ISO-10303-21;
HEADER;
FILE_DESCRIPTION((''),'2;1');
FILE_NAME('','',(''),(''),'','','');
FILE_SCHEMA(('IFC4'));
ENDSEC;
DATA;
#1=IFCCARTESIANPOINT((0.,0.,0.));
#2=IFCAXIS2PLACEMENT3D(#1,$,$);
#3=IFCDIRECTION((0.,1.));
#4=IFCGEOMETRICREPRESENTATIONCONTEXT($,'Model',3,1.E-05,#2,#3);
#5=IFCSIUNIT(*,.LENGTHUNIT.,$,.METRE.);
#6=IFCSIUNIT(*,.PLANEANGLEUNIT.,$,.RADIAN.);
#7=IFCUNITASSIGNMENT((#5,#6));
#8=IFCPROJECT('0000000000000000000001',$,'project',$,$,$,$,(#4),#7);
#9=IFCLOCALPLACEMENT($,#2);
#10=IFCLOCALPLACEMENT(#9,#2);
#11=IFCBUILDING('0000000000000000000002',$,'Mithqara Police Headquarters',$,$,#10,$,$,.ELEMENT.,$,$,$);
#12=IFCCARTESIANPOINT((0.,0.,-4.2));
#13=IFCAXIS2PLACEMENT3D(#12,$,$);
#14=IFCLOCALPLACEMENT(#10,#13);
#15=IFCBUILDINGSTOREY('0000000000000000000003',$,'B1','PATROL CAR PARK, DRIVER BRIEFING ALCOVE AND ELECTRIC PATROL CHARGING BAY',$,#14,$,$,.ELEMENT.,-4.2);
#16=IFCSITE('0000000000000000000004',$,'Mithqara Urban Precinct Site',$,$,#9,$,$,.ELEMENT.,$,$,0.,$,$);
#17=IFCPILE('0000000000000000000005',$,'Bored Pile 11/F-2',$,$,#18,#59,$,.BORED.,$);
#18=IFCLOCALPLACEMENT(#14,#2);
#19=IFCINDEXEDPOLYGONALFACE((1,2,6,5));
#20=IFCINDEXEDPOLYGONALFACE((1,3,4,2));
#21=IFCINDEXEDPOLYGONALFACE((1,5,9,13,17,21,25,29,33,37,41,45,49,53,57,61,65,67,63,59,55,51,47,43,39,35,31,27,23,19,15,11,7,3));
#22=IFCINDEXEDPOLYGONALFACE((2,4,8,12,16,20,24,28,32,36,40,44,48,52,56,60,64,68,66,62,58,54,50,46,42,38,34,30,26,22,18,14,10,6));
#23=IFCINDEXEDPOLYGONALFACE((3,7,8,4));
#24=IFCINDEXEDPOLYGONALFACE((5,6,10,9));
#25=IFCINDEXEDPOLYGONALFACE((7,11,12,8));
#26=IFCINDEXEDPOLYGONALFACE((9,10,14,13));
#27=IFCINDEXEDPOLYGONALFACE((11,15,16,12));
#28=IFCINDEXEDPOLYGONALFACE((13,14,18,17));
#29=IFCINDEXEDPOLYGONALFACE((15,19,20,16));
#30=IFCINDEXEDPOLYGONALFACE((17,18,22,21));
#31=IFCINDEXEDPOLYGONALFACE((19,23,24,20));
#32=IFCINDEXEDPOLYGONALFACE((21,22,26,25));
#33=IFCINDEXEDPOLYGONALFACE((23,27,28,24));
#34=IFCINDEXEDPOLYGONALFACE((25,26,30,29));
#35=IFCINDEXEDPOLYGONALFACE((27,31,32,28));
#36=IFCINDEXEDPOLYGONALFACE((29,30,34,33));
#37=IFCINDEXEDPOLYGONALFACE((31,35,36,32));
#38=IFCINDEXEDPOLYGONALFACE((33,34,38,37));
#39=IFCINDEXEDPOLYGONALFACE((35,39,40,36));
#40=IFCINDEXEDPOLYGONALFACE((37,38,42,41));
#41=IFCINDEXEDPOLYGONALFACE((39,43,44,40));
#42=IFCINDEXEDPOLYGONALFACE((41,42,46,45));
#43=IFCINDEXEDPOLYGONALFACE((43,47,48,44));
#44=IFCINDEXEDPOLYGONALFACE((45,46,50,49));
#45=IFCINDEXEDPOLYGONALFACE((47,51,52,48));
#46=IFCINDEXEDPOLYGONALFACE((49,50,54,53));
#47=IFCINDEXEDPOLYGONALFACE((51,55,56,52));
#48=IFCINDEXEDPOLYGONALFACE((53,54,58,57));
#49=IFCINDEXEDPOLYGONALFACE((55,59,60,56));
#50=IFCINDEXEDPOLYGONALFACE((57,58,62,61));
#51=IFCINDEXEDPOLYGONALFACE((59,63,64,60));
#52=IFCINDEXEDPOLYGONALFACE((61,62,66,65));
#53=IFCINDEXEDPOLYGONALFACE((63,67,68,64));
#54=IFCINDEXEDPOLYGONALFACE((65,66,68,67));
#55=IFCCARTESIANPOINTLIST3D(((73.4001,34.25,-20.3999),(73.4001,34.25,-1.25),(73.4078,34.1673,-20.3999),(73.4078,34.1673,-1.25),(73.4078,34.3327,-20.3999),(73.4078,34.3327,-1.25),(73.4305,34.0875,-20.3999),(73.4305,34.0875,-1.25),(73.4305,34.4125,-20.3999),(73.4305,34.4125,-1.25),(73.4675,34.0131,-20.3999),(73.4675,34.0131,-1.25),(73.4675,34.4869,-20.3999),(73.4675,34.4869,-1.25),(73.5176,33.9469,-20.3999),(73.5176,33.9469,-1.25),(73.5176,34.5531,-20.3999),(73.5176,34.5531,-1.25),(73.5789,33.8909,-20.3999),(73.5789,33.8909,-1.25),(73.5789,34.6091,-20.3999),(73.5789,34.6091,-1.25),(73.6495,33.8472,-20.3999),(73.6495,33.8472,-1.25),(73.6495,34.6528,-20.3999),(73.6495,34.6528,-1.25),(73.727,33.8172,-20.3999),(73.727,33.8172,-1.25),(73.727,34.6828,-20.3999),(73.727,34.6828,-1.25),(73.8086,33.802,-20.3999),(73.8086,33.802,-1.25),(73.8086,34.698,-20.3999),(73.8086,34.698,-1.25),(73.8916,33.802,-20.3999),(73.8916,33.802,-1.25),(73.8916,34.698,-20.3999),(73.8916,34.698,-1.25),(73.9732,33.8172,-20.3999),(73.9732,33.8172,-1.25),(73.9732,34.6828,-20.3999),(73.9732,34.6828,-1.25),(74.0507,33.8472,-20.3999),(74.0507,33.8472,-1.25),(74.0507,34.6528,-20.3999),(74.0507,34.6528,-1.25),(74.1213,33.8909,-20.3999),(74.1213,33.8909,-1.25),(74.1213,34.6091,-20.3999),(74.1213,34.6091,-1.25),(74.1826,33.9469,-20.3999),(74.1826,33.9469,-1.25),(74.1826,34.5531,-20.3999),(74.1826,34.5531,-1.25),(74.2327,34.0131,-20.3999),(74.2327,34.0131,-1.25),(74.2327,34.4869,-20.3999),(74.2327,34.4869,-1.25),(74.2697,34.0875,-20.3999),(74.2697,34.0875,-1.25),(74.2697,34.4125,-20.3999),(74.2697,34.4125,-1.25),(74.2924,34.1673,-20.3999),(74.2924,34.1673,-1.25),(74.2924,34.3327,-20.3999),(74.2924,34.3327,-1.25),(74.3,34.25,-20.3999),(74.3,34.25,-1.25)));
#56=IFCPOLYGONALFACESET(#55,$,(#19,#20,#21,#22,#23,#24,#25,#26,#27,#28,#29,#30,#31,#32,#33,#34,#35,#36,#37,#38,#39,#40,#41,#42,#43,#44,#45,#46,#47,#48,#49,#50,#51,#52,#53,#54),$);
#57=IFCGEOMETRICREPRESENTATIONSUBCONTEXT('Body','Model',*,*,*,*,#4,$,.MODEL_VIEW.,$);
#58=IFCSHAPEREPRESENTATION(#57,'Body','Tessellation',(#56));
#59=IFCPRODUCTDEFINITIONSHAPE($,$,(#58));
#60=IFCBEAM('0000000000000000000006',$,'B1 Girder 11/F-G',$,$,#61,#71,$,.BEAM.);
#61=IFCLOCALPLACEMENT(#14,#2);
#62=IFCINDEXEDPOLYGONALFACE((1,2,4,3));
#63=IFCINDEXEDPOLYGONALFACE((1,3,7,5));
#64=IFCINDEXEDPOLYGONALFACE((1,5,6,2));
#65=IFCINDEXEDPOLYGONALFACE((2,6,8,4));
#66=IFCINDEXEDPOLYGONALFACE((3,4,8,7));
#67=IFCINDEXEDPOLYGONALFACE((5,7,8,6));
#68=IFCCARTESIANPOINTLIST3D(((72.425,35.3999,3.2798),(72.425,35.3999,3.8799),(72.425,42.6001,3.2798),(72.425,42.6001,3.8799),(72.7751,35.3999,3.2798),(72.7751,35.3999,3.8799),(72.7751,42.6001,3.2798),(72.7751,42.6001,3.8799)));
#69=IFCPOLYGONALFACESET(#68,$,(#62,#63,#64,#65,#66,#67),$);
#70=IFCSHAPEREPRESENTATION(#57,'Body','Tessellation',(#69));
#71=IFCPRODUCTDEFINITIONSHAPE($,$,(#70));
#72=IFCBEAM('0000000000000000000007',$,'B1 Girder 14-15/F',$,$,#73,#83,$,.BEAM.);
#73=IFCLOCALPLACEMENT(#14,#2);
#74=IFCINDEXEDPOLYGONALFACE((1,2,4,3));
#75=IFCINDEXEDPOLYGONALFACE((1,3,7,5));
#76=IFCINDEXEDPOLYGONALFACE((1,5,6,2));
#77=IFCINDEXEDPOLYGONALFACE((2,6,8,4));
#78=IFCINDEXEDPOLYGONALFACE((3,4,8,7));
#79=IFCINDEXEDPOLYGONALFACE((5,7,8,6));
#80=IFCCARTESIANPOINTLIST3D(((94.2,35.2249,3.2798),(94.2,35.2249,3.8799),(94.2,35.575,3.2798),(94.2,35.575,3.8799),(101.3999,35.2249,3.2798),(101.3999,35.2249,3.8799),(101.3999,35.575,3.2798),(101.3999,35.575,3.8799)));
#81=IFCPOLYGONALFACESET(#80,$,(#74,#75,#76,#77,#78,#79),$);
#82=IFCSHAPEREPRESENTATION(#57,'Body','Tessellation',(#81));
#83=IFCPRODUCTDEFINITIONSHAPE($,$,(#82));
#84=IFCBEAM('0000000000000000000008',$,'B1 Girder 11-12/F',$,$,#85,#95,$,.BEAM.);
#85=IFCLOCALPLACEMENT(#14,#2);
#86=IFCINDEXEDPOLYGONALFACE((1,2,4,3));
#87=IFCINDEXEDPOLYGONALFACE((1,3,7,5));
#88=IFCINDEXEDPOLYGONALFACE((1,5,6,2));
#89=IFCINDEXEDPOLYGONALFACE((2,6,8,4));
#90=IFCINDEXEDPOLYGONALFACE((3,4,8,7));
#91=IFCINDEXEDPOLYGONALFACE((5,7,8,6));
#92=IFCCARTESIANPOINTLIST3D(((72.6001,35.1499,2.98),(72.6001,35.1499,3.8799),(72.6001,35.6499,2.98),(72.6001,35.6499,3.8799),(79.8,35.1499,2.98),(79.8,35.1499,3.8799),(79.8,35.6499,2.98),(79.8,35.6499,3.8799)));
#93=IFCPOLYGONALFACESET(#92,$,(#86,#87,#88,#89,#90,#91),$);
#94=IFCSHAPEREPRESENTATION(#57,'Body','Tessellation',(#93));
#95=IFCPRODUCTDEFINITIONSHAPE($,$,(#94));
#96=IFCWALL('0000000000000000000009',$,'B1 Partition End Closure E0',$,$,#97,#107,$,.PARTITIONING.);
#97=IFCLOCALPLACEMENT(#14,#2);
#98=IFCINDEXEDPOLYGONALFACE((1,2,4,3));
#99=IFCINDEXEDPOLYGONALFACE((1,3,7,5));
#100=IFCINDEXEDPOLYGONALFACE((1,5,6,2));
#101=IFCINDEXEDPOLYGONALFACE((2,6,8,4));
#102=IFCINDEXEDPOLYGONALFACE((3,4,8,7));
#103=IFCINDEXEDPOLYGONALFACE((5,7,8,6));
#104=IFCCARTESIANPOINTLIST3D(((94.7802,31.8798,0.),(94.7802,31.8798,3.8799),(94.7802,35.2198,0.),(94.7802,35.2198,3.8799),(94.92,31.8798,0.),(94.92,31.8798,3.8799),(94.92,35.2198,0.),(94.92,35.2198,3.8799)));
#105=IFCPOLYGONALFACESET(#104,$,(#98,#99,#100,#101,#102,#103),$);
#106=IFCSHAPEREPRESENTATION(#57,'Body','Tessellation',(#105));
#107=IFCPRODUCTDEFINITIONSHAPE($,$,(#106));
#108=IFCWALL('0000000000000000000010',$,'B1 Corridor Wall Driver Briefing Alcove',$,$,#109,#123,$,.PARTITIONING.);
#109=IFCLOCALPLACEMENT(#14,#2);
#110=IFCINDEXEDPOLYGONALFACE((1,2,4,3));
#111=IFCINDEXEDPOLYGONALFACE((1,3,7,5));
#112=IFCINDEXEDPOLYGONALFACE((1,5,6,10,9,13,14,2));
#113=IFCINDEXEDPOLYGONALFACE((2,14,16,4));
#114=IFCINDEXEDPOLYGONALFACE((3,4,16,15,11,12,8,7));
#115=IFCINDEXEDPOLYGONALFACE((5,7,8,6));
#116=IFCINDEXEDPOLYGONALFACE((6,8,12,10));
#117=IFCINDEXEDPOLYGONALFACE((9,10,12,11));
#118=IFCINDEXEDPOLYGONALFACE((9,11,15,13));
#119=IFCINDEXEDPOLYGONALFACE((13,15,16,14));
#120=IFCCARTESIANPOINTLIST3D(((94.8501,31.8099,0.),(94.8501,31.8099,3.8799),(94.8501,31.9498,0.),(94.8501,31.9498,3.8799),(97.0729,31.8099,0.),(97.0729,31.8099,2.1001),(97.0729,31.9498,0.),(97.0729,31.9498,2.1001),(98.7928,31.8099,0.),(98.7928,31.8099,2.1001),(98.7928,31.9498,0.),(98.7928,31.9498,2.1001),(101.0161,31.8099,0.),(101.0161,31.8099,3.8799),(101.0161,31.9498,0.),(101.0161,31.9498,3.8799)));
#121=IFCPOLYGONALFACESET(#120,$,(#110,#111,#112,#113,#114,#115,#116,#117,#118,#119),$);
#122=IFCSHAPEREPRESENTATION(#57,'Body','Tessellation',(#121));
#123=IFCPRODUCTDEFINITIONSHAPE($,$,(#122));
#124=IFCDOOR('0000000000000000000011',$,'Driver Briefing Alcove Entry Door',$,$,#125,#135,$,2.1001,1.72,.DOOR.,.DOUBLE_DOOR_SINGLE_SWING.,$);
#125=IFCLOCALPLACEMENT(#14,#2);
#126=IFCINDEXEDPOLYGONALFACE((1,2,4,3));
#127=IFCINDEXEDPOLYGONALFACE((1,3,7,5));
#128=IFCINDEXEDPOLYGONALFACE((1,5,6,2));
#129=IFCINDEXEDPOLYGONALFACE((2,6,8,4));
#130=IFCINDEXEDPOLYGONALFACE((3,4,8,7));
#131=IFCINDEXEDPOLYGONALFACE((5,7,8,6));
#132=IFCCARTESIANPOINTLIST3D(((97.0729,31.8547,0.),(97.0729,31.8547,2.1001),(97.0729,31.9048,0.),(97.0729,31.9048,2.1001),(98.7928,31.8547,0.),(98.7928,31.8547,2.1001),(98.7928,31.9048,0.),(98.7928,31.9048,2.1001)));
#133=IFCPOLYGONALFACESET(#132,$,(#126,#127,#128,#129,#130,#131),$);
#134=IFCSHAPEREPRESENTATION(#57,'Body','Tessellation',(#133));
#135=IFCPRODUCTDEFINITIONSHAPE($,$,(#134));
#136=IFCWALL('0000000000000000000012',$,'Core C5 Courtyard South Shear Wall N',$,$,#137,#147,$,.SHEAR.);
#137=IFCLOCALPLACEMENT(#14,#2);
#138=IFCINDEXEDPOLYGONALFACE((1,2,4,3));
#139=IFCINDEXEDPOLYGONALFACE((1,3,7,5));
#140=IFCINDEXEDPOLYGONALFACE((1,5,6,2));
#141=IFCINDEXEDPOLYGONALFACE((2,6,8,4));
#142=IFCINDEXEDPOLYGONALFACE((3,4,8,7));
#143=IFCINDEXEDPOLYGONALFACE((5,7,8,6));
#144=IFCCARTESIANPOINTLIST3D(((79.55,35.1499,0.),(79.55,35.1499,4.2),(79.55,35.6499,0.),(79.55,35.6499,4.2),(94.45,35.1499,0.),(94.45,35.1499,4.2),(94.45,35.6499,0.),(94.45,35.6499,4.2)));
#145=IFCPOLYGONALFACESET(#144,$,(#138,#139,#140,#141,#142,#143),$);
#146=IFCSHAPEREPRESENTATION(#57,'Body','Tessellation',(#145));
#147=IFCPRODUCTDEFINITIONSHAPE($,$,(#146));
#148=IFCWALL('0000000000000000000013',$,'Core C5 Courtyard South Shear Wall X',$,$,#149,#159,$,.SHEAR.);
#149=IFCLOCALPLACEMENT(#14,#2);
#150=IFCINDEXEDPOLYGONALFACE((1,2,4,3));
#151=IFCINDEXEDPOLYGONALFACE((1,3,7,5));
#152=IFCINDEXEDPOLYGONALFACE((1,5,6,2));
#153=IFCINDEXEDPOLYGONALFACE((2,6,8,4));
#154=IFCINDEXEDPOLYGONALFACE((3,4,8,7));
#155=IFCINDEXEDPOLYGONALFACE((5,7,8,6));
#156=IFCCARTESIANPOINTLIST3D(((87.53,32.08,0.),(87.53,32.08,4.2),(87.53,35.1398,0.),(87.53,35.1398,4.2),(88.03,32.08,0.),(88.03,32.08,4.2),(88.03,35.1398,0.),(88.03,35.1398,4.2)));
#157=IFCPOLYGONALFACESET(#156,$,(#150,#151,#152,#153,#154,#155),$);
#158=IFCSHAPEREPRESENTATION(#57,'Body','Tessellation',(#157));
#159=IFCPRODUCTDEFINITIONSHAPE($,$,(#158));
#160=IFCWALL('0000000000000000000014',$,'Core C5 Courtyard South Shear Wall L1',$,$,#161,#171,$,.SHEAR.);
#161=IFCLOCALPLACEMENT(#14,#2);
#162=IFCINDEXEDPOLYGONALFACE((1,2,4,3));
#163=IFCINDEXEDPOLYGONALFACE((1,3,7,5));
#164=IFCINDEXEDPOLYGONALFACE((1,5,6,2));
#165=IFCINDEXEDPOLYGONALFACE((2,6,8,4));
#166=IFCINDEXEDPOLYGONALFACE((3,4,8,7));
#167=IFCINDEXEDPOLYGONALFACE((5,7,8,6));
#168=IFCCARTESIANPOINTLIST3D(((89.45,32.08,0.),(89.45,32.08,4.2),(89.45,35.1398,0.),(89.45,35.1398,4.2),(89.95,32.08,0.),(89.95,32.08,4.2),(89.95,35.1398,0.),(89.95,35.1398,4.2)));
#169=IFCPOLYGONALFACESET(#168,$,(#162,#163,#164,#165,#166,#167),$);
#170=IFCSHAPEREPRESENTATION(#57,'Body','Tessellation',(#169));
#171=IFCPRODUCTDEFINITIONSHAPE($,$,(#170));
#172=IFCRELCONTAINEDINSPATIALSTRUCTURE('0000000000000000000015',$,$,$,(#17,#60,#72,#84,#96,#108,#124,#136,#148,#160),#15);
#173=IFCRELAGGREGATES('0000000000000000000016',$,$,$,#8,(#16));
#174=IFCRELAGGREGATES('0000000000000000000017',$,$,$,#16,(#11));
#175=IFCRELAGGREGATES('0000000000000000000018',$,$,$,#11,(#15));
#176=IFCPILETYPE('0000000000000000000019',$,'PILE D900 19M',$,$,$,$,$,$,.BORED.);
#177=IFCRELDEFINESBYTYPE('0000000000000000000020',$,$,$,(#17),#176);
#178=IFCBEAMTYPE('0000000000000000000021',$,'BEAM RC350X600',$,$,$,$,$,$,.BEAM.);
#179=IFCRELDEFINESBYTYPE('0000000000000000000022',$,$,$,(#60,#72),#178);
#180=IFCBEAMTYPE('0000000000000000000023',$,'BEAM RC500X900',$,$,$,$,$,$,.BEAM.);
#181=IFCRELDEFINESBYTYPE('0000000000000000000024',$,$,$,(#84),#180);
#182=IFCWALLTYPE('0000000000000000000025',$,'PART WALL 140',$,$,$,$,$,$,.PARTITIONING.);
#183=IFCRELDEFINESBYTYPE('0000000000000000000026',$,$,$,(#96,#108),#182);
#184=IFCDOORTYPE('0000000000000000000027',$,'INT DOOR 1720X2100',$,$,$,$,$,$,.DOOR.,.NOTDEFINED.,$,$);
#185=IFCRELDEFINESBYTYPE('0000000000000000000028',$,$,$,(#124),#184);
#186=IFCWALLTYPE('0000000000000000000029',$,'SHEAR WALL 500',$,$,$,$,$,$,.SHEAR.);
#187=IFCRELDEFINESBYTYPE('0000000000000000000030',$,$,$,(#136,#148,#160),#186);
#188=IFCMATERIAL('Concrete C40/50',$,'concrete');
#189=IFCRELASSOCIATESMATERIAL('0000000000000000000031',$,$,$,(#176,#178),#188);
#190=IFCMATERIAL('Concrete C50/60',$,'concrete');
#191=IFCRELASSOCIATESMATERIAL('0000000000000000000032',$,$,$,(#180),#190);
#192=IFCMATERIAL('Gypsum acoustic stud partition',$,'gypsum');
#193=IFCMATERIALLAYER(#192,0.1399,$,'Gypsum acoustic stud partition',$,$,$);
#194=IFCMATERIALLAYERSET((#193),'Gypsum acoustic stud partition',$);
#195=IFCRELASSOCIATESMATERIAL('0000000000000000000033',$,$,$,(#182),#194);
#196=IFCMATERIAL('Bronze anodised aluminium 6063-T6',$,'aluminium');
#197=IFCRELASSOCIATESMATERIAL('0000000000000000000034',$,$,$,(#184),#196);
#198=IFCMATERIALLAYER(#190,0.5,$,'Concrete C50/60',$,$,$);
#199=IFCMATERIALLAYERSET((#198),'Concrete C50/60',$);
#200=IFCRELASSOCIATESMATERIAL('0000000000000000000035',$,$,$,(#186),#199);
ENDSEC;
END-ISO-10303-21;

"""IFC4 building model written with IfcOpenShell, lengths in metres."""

from ifc_helpers import new_model, si_unit, direction, frame, frame_2d, origin, origin_2d, place, context, subcontext, project, spatial, rectangle, circle, extrude, material, layer, layer_set, material_profile, profile_set, type_object, element, fill, save


model = new_model("IFC4")

# Units and contexts
model_context = context("Model", 3, precision=1e-05, world=origin(), true_north=direction((0.0, 1.0)))
body_context = subcontext(model_context, "Body", "Model", "MODEL_VIEW")
ifc_project = project(units=[si_unit("LENGTHUNIT", "METRE"), si_unit("PLANEANGLEUNIT", "RADIAN")], contexts=[model_context])

# Site, building, storey
site_placement = place(None, origin())
site = spatial("IfcSite", under=ifc_project, at=site_placement, Name="Mithqara Urban Precinct Site", CompositionType="ELEMENT", RefElevation=0.0)
building_placement = place(site_placement, origin())
building = spatial("IfcBuilding", under=site, at=building_placement, Name="Mithqara Police Headquarters", CompositionType="ELEMENT")
storey_placement = place(building_placement, frame((0.0, 0.0, -4.2)))
storey = spatial("IfcBuildingStorey", under=building, at=storey_placement, Name="B1", Description="PATROL CAR PARK, DRIVER BRIEFING ALCOVE AND ELECTRIC PATROL CHARGING BAY", CompositionType="ELEMENT", Elevation=-4.2)

# Pile
ifc_material_1 = material(Name="Concrete C40/50", Category="concrete")
ifc_material_profile_1 = material_profile(ifc_material_1, circle(Radius=0.45, at=origin_2d()), Name="PILE D900")
ifc_profile_set_1 = profile_set([ifc_material_profile_1], Name="Concrete C40/50")
pile_type = type_object("IfcPileType", Name="PILE D900 19M", PredefinedType="BORED", material=ifc_profile_set_1)
for number, where, z_axis, x_axis, name in (
    (1, (73.8501, 34.25, -1.25), (0.0, 0.0, -1.0), (1.0, 0.0, 0.0), "Bored Pile 11/F-2"),
):
    element("IfcPile", number, at=place(storey_placement, frame(where, z_axis=z_axis, x_axis=x_axis)), inside=storey, type_object=pile_type, Name=name, PredefinedType="BORED", context=body_context, shape_type="SweptSolid", body=[
        extrude(circle(Radius=0.45, at=origin_2d()), origin(), (0.0, 0.0, 1.0), 19.1499),
    ])

# Beams
ifc_material_profile_2 = material_profile(ifc_material_1, rectangle(XDim=0.3501, YDim=0.6001, at=origin_2d()), Name="RC 350x600")
ifc_profile_set_2 = profile_set([ifc_material_profile_2], Name="Concrete C40/50")
beam_type_1 = type_object("IfcBeamType", Name="BEAM RC350X600", PredefinedType="BEAM", material=ifc_profile_set_2)
beam_1_placement = place(storey_placement, frame((72.6001, 35.3999, 3.5798), z_axis=(0.0, 1.0, 0.0), x_axis=(-1.0, 0.0, 0.0)))
element("IfcBeam", 2, at=beam_1_placement, inside=storey, type_object=beam_type_1, Name="B1 Girder 11/F-G", PredefinedType="BEAM", context=body_context, shape_type="SweptSolid", body=[
    extrude(rectangle(XDim=0.3501, YDim=0.6001, at=origin_2d()), origin(), (0.0, 0.0, 1.0), 7.2002),
])
beam_2_placement = place(storey_placement, frame((94.2, 35.3999, 3.5798), z_axis=(1.0, 0.0, 0.0), x_axis=(0.0, 1.0, 0.0)))
element("IfcBeam", 3, at=beam_2_placement, inside=storey, type_object=beam_type_1, Name="B1 Girder 14-15/F", PredefinedType="BEAM", context=body_context, shape_type="SweptSolid", body=[
    extrude(rectangle(XDim=0.3501, YDim=0.6001, at=origin_2d()), origin(), (0.0, 0.0, 1.0), 7.2),
])
ifc_material_2 = material(Name="Concrete C50/60", Category="concrete")
ifc_material_profile_3 = material_profile(ifc_material_2, rectangle(XDim=0.5, YDim=0.8999, at=origin_2d()), Name="RC 500x900")
ifc_profile_set_3 = profile_set([ifc_material_profile_3], Name="Concrete C50/60")
beam_type_2 = type_object("IfcBeamType", Name="BEAM RC500X900", PredefinedType="BEAM", material=ifc_profile_set_3)
beam_3_placement = place(storey_placement, frame((72.6001, 35.3999, 3.4299), z_axis=(1.0, 0.0, 0.0), x_axis=(0.0, 1.0, 0.0)))
element("IfcBeam", 4, at=beam_3_placement, inside=storey, type_object=beam_type_2, Name="B1 Girder 11-12/F", PredefinedType="BEAM", context=body_context, shape_type="SweptSolid", body=[
    extrude(rectangle(XDim=0.5, YDim=0.8999, at=origin_2d()), origin(), (0.0, 0.0, 1.0), 7.2),
])

# Wall
ifc_material_3 = material(Name="Gypsum acoustic stud partition", Category="gypsum")
ifc_layer_1 = layer(ifc_material_3, 0.1399, Name="Gypsum acoustic stud partition")
ifc_layer_set_1 = layer_set([ifc_layer_1], Name="Gypsum acoustic stud partition")
wall_type_1 = type_object("IfcWallType", Name="PART WALL 140", PredefinedType="PARTITIONING", material=ifc_layer_set_1)
wall_1_placement = place(storey_placement, frame((94.8501, 31.8799, 0.0), z_axis=(0.0, 0.0, 1.0), x_axis=(0.0, 1.0, 0.0)))
element("IfcWall", 5, at=wall_1_placement, inside=storey, type_object=wall_type_1, Name="B1 Partition End Closure E0", PredefinedType="PARTITIONING", context=body_context, shape_type="SweptSolid", body=[
    extrude(rectangle(XDim=3.3401, YDim=0.1399, at=frame_2d((1.6699, 0.0))), origin(), (0.0, 0.0, 1.0), 3.8799),
])

# Wall, opening, door
wall_2_placement = place(storey_placement, frame((94.8501, 31.8799, 0.0), z_axis=(0.0, 0.0, 1.0), x_axis=(1.0, 0.0, 0.0)))
wall_2 = element("IfcWall", 6, at=wall_2_placement, inside=storey, type_object=wall_type_1, Name="B1 Corridor Wall Driver Briefing Alcove", PredefinedType="PARTITIONING", context=body_context, shape_type="SweptSolid", body=[
    extrude(rectangle(XDim=6.166, YDim=0.1399, at=frame_2d((3.083, 0.0))), origin(), (0.0, 0.0, 1.0), 3.8799),
])
opening_placement = place(wall_2_placement, frame((2.2229, 0.0, 0.0)))
opening = element("IfcOpeningElement", 7, at=opening_placement, cuts=wall_2, PredefinedType="OPENING", context=body_context, shape_type="SweptSolid", body=[
    extrude(rectangle(XDim=1.72, YDim=2.1001, at=frame_2d((0.8599, 1.05))), frame((0.0, 0.0801, 0.0), z_axis=(0.0, -1.0, 0.0), x_axis=(1.0, 0.0, 0.0)), (0.0, 0.0, 1.0), 0.1599),
])
ifc_material_4 = material(Name="Bronze anodised aluminium 6063-T6", Category="aluminium")
door_type = type_object("IfcDoorType", Name="INT DOOR 1720X2100", OperationType="NOTDEFINED", PredefinedType="DOOR", material=ifc_material_4)
door_placement = place(opening_placement, origin())
door = element("IfcDoor", 8, at=door_placement, inside=storey, type_object=door_type, Name="Driver Briefing Alcove Entry Door", OperationType="DOUBLE_DOOR_SINGLE_SWING", OverallHeight=2.1001, OverallWidth=1.72, PredefinedType="DOOR", context=body_context, shape_type="SweptSolid", body=[
    extrude(rectangle(XDim=1.72, YDim=2.1001, at=frame_2d((0.8599, 1.05))), frame((0.0, 0.0249, 0.0), z_axis=(0.0, -1.0, 0.0), x_axis=(1.0, 0.0, 0.0)), (0.0, 0.0, 1.0), 0.05),
])
fill(opening, door)

# Walls
ifc_layer_2 = layer(ifc_material_2, 0.5, Name="Concrete C50/60")
ifc_layer_set_2 = layer_set([ifc_layer_2], Name="Concrete C50/60")
wall_type_2 = type_object("IfcWallType", Name="SHEAR WALL 500", PredefinedType="SHEAR", material=ifc_layer_set_2)
wall_3_placement = place(storey_placement, frame((79.55, 35.3999, 0.0), z_axis=(0.0, 0.0, 1.0), x_axis=(1.0, 0.0, 0.0)))
element("IfcWall", 9, at=wall_3_placement, inside=storey, type_object=wall_type_2, Name="Core C5 Courtyard South Shear Wall N", PredefinedType="SHEAR", context=body_context, shape_type="SweptSolid", body=[
    extrude(rectangle(XDim=14.8999, YDim=0.5, at=frame_2d((7.45, 0.0))), origin(), (0.0, 0.0, 1.0), 4.2),
])
for number, where, z_axis, x_axis, name in (
    (10, (87.78, 32.0801, 0.0), (0.0, 0.0, 1.0), (0.0, 1.0, 0.0), "Core C5 Courtyard South Shear Wall X"),
    (11, (89.7, 32.0801, 0.0), (0.0, 0.0, 1.0), (0.0, 1.0, 0.0), "Core C5 Courtyard South Shear Wall L1"),
):
    element("IfcWall", number, at=place(storey_placement, frame(where, z_axis=z_axis, x_axis=x_axis)), inside=storey, type_object=wall_type_2, Name=name, PredefinedType="SHEAR", context=body_context, shape_type="SweptSolid", body=[
        extrude(rectangle(XDim=3.0598, YDim=0.5, at=frame_2d((1.5298, 0.0))), origin(), (0.0, 0.0, 1.0), 4.2),
    ])

save(model, "model.ifc")
